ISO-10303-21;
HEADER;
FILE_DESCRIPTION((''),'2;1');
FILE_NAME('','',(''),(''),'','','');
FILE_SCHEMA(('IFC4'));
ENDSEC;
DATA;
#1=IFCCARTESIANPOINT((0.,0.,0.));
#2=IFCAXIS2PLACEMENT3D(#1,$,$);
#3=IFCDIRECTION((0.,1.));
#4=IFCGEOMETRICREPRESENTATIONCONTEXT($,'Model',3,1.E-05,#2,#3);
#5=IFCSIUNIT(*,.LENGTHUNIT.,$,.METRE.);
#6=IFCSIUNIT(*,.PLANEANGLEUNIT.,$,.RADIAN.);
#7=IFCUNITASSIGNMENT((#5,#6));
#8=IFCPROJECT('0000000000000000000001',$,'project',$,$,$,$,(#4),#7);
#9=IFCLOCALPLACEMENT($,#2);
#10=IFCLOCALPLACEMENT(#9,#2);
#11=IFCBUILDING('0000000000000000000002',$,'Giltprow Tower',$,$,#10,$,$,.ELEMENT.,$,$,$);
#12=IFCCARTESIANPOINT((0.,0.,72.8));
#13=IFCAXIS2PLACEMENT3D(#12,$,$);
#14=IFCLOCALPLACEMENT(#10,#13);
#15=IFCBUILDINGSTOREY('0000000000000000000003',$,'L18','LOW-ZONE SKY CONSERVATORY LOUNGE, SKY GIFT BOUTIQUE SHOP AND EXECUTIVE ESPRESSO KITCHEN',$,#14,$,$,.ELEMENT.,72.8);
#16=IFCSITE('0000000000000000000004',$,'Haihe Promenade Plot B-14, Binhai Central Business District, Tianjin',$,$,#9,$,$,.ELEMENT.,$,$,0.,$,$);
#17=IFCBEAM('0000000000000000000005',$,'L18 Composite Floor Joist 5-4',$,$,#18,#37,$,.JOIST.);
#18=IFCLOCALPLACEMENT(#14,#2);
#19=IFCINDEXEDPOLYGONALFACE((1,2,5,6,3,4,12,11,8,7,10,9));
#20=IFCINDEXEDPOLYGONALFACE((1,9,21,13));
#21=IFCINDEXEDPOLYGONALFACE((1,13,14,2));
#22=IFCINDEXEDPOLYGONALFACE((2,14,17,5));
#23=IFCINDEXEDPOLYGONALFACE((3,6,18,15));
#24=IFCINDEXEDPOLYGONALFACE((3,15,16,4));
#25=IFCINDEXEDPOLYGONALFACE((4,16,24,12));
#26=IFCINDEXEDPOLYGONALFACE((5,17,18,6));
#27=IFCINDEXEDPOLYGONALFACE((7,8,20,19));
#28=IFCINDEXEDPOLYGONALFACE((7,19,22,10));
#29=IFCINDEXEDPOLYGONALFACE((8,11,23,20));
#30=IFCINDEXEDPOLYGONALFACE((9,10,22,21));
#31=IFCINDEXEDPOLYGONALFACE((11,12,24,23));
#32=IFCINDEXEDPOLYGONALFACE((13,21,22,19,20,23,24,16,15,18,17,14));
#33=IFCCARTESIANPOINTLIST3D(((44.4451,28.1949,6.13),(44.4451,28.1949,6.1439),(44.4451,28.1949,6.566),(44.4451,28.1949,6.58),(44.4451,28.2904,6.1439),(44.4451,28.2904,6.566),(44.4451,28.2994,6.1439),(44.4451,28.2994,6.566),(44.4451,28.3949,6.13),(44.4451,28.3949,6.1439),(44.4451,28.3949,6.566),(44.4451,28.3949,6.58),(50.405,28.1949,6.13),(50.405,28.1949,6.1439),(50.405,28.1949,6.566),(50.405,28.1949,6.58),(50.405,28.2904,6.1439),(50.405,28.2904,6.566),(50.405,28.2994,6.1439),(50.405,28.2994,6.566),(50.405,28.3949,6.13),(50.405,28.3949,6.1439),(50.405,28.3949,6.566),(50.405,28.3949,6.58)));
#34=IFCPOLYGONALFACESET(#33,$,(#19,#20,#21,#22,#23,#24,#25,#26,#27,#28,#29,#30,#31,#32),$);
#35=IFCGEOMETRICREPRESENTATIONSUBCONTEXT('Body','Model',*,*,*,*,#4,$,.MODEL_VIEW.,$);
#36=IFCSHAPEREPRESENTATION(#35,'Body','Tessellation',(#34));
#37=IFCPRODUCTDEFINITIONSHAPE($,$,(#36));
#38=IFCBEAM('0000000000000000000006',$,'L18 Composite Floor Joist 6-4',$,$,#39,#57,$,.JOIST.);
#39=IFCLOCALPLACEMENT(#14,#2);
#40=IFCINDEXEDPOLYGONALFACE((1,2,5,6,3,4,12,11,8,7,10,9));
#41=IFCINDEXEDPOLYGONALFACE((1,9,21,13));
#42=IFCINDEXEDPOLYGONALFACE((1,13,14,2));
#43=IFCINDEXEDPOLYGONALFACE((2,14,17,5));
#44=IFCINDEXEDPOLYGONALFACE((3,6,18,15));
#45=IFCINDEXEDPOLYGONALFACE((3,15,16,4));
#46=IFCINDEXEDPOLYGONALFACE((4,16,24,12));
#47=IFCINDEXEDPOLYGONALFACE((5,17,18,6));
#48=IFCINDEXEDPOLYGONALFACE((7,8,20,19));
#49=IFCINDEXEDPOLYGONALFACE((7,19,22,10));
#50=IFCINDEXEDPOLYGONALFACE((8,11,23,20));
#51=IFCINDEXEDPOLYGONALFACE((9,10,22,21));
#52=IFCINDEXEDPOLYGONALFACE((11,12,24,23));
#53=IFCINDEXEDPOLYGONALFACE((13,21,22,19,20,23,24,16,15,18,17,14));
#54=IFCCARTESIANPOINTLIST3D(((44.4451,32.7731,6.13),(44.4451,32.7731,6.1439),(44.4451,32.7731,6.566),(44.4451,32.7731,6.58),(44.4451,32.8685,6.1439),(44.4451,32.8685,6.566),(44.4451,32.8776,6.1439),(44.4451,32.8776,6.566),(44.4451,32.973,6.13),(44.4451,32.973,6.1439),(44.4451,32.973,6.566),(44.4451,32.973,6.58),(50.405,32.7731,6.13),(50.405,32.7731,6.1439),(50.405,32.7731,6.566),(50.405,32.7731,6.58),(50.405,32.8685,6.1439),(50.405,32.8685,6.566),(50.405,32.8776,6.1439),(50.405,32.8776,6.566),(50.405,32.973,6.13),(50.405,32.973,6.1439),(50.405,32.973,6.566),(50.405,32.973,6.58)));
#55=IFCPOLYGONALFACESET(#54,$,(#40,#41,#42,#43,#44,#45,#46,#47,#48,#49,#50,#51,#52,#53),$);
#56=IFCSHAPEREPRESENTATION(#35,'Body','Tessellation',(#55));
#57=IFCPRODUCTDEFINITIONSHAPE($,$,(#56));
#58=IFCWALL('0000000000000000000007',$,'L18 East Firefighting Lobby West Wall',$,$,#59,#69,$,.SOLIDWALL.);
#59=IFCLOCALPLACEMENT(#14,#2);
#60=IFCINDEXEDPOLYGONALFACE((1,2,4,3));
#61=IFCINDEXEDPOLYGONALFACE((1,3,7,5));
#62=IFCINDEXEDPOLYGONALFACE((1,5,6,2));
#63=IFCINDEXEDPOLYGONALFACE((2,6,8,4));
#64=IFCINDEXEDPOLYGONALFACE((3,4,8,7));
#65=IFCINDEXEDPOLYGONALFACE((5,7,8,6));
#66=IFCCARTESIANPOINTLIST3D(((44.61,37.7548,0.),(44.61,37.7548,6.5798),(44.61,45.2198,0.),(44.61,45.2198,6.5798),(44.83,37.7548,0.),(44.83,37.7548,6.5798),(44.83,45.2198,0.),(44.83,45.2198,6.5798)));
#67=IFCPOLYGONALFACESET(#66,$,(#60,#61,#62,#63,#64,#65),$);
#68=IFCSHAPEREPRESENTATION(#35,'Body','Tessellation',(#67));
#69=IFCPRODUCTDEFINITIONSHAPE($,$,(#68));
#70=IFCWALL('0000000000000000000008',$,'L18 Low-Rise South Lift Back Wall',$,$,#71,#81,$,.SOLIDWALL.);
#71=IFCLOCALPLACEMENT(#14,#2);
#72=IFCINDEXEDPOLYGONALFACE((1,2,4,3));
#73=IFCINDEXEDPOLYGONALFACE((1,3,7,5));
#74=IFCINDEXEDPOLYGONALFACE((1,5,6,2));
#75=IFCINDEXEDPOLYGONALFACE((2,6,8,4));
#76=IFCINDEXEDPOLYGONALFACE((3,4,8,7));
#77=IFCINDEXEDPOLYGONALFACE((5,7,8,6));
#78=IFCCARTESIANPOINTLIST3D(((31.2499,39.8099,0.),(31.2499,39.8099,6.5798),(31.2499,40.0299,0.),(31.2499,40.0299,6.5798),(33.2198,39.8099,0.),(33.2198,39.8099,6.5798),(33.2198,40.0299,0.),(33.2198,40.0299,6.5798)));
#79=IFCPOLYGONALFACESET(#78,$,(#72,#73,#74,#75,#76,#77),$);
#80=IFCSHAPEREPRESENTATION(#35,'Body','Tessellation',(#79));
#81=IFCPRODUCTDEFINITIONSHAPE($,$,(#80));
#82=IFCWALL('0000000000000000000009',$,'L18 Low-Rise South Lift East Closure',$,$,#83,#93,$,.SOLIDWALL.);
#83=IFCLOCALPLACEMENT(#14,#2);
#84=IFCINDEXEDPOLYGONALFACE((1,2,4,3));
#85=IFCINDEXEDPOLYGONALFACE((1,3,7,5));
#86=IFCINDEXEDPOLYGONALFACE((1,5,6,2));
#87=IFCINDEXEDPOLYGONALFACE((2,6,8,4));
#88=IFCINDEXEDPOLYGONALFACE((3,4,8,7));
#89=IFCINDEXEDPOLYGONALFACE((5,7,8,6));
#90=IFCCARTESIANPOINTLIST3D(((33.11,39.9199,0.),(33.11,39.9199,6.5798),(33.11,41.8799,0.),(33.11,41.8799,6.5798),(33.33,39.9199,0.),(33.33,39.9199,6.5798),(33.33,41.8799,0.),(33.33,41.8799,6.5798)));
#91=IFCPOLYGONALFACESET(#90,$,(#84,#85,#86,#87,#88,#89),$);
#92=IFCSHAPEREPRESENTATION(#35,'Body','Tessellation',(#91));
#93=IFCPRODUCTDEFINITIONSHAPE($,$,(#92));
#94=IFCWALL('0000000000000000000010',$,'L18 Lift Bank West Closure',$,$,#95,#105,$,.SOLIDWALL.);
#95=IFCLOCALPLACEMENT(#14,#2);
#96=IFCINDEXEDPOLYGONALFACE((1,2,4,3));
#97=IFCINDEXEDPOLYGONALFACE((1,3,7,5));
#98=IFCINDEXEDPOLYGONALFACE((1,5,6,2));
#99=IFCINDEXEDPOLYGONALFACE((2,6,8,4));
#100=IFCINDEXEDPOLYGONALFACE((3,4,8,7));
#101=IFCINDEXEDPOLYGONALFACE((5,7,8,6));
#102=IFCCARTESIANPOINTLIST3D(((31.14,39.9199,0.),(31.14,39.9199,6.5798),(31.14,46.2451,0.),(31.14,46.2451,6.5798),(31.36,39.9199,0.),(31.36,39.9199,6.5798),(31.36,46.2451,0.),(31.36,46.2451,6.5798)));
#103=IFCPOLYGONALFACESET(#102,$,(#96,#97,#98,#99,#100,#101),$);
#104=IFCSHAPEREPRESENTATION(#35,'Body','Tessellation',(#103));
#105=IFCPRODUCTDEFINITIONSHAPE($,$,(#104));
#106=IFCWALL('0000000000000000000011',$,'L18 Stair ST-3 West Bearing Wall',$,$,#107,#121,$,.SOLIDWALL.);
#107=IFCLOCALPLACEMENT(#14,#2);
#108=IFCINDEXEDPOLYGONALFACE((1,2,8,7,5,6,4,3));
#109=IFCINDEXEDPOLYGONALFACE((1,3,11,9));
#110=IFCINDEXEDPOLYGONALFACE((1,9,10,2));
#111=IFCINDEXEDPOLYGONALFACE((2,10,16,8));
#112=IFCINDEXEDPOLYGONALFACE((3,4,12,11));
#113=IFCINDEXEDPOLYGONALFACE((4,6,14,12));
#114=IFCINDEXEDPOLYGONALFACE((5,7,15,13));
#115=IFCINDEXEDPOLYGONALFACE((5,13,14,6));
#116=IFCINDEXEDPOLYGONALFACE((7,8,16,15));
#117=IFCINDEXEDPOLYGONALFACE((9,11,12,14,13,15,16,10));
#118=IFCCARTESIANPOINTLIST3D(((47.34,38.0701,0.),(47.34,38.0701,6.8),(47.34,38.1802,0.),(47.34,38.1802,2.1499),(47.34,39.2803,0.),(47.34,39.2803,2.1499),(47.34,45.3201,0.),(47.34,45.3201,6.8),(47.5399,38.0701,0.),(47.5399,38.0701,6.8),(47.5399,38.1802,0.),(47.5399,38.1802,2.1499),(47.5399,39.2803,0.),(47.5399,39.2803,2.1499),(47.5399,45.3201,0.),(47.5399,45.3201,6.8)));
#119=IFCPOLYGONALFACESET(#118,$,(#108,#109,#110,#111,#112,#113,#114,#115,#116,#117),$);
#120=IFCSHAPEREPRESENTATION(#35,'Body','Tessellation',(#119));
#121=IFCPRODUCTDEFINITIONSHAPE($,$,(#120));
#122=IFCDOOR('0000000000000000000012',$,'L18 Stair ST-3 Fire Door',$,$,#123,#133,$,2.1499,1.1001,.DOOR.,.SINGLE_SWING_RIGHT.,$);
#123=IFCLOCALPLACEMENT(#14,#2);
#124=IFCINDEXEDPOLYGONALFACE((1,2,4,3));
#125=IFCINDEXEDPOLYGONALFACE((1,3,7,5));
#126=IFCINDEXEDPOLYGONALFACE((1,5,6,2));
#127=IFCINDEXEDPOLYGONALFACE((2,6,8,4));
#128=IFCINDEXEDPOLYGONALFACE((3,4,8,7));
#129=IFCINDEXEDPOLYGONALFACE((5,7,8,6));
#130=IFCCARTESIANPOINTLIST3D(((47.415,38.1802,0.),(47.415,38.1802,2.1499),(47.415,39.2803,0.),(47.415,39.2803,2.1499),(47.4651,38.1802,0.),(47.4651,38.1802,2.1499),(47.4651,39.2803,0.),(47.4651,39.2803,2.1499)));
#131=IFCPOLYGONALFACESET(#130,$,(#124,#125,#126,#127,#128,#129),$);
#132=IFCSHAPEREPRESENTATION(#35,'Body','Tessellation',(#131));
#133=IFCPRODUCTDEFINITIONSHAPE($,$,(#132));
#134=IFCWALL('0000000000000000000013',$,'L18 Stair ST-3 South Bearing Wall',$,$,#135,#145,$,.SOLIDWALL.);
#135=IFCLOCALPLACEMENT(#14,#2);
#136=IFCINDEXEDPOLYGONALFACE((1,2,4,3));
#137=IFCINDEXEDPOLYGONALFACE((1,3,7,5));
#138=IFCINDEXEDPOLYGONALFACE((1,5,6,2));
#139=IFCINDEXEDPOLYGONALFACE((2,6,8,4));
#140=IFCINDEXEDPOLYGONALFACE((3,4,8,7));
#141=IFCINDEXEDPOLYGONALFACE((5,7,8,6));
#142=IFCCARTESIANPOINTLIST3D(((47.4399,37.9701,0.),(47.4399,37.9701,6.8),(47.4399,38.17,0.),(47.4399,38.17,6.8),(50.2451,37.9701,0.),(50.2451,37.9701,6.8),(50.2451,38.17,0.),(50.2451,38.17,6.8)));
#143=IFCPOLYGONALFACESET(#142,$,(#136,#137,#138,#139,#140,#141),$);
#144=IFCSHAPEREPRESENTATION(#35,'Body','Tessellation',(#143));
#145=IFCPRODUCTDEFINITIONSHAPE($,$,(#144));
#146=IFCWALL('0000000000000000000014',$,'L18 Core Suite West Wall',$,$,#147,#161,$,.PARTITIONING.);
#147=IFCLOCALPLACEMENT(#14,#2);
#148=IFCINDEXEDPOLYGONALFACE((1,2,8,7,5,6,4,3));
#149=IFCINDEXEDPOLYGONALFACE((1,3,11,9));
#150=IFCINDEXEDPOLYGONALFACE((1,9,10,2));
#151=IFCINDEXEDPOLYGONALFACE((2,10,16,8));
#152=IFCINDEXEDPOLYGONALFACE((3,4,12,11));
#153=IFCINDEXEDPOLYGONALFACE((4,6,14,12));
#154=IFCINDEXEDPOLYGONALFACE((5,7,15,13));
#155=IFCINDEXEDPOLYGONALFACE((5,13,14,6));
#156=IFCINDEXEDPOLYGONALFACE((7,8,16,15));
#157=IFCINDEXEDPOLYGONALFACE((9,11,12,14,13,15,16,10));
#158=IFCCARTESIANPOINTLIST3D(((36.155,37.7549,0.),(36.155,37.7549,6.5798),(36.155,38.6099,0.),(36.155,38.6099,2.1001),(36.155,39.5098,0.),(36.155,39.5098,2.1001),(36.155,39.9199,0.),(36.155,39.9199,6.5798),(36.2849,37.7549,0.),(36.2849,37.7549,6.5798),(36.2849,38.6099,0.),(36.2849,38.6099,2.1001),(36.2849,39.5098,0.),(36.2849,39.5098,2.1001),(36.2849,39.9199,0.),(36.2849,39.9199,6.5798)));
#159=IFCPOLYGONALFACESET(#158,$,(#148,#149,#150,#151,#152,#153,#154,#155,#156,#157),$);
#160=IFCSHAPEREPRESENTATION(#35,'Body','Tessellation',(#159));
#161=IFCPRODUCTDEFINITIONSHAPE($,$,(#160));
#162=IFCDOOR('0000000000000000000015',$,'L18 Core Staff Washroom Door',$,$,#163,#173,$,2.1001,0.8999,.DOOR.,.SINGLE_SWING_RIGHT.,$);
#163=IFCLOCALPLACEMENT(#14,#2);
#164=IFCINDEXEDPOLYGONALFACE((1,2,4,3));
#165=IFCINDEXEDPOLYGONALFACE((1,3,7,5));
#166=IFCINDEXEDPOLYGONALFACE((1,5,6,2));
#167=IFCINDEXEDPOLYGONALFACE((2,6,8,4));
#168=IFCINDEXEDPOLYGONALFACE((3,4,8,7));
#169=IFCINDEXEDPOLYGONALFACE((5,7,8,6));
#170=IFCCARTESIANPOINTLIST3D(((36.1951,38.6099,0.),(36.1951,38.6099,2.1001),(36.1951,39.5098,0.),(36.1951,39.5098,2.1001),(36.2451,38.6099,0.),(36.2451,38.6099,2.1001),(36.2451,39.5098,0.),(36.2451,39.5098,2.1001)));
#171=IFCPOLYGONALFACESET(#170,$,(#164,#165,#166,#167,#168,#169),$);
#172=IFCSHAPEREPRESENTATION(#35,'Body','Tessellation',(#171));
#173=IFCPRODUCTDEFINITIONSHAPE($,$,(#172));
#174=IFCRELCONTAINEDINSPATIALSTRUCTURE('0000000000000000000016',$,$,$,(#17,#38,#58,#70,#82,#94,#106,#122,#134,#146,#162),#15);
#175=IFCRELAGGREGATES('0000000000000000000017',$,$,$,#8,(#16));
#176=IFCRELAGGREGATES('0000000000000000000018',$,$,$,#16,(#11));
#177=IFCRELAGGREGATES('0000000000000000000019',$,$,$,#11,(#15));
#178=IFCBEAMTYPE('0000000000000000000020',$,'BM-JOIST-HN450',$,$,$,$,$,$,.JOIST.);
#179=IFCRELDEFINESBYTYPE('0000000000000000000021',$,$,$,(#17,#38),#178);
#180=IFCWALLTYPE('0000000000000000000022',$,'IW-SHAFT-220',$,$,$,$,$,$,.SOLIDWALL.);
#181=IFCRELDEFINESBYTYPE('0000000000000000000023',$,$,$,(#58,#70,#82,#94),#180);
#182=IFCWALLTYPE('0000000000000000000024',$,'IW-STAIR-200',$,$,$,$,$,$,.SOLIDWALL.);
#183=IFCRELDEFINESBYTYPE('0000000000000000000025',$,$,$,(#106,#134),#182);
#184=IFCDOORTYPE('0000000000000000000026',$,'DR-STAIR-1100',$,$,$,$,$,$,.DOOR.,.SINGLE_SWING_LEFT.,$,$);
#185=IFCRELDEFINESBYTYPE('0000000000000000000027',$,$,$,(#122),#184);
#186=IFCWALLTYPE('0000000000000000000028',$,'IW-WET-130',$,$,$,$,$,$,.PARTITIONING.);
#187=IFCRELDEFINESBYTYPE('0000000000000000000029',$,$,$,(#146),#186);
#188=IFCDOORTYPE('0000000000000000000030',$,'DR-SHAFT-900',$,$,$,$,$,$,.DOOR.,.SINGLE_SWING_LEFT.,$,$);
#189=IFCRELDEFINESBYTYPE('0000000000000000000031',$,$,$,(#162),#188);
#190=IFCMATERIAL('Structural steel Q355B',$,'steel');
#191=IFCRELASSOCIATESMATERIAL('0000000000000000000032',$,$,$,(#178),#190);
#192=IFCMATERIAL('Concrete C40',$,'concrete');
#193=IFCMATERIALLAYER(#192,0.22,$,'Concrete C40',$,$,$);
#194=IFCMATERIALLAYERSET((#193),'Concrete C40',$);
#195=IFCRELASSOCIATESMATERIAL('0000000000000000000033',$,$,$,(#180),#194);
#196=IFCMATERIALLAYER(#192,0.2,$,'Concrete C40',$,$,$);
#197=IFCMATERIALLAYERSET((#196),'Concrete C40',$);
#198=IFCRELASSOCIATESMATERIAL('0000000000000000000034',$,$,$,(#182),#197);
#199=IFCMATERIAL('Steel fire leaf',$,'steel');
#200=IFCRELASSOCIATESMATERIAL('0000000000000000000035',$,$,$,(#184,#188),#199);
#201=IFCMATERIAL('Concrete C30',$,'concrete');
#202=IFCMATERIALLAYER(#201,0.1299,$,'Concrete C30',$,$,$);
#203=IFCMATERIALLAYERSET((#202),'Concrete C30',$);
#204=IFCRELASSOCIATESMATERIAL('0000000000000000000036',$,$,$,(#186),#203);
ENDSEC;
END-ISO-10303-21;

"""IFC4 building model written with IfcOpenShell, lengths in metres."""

from ifc_helpers import new_model, si_unit, direction, frame, frame_2d, origin, origin_2d, place, context, subcontext, project, spatial, rectangle, i_section, extrude, source, transform, mapped, material, layer, layer_set, material_profile, profile_set, type_object, element, fill, save


model = new_model("IFC4")

# Units and contexts
model_context = context("Model", 3, precision=1e-05, world=origin(), true_north=direction((0.0, 1.0)))
body_context = subcontext(model_context, "Body", "Model", "MODEL_VIEW")
ifc_project = project(units=[si_unit("LENGTHUNIT", "METRE"), si_unit("PLANEANGLEUNIT", "RADIAN")], contexts=[model_context])

# Site, building, storey
site_placement = place(None, origin())
site = spatial("IfcSite", under=ifc_project, at=site_placement, Name="Haihe Promenade Plot B-14, Binhai Central Business District, Tianjin", CompositionType="ELEMENT", RefElevation=0.0)
building_placement = place(site_placement, origin())
building = spatial("IfcBuilding", under=site, at=building_placement, Name="Giltprow Tower", CompositionType="ELEMENT")
storey_placement = place(building_placement, frame((0.0, 0.0, 72.8)))
storey = spatial("IfcBuildingStorey", under=building, at=storey_placement, Name="L18", Description="LOW-ZONE SKY CONSERVATORY LOUNGE, SKY GIFT BOUTIQUE SHOP AND EXECUTIVE ESPRESSO KITCHEN", CompositionType="ELEMENT", Elevation=72.8)

# Beams
ifc_material_1 = material(Name="Structural steel Q355B", Category="steel")
ifc_material_profile_1 = material_profile(ifc_material_1, i_section(OverallWidth=0.2, OverallDepth=0.45, WebThickness=0.009, FlangeThickness=0.0139, at=origin_2d()), Name="HN 450x200x9x14")
ifc_profile_set_1 = profile_set([ifc_material_profile_1], Name="Structural steel Q355B")
beam_type_1 = type_object("IfcBeamType", Name="BM-JOIST-HN450", PredefinedType="JOIST", material=ifc_profile_set_1)
shared_shape_1 = source(origin(), body_context, "Body", "SweptSolid", [
    extrude(i_section(OverallWidth=0.2, OverallDepth=0.45, WebThickness=0.009, FlangeThickness=0.0139, at=origin_2d()), origin(), (0.0, 0.0, 1.0), 5.96),
])
for number, where, z_axis, x_axis, name in (
    (1, (44.4451, 28.2949, 6.355), (1.0, 0.0, 0.0), (0.0, 1.0, 0.0), "L18 Composite Floor Joist 5-4"),
    (2, (44.4451, 32.873, 6.355), (1.0, 0.0, 0.0), (0.0, 1.0, 0.0), "L18 Composite Floor Joist 6-4"),
):
    element("IfcBeam", number, at=place(storey_placement, frame(where, z_axis=z_axis, x_axis=x_axis)), inside=storey, type_object=beam_type_1, Name=name, PredefinedType="JOIST", context=body_context, shape_type="MappedRepresentation", body=[
        mapped(shared_shape_1, transform((0.0, 0.0, 0.0), x_axis=(1.0, 0.0, 0.0), y_axis=(0.0, 1.0, 0.0), z_axis=(0.0, 0.0, 1.0), scale=1.0)),
    ])

# Walls
ifc_material_2 = material(Name="Concrete C40", Category="concrete")
ifc_layer_1 = layer(ifc_material_2, 0.22, Name="Concrete C40")
ifc_layer_set_1 = layer_set([ifc_layer_1], Name="Concrete C40")
wall_type_1 = type_object("IfcWallType", Name="IW-SHAFT-220", PredefinedType="SOLIDWALL", material=ifc_layer_set_1)
wall_1_placement = place(storey_placement, frame((44.72, 37.7549, 0.0), z_axis=(0.0, 0.0, 1.0), x_axis=(0.0, 1.0, 0.0)))
element("IfcWall", 3, at=wall_1_placement, inside=storey, type_object=wall_type_1, Name="L18 East Firefighting Lobby West Wall", PredefinedType="SOLIDWALL", context=body_context, shape_type="SweptSolid", body=[
    extrude(rectangle(XDim=7.4651, YDim=0.22, at=frame_2d((3.7324, 0.0))), origin(), (0.0, 0.0, 1.0), 6.5798),
])
wall_2_placement = place(storey_placement, frame((31.25, 39.9199, 0.0), z_axis=(0.0, 0.0, 1.0), x_axis=(1.0, 0.0, 0.0)))
element("IfcWall", 4, at=wall_2_placement, inside=storey, type_object=wall_type_1, Name="L18 Low-Rise South Lift Back Wall", PredefinedType="SOLIDWALL", context=body_context, shape_type="SweptSolid", body=[
    extrude(rectangle(XDim=1.97, YDim=0.22, at=frame_2d((0.9849, 0.0))), origin(), (0.0, 0.0, 1.0), 6.5798),
])
wall_3_placement = place(storey_placement, frame((33.22, 39.9199, 0.0), z_axis=(0.0, 0.0, 1.0), x_axis=(0.0, 1.0, 0.0)))
element("IfcWall", 5, at=wall_3_placement, inside=storey, type_object=wall_type_1, Name="L18 Low-Rise South Lift East Closure", PredefinedType="SOLIDWALL", context=body_context, shape_type="SweptSolid", body=[
    extrude(rectangle(XDim=1.96, YDim=0.22, at=frame_2d((0.98, 0.0))), origin(), (0.0, 0.0, 1.0), 6.5798),
])
wall_4_placement = place(storey_placement, frame((31.25, 39.9199, 0.0), z_axis=(0.0, 0.0, 1.0), x_axis=(0.0, 1.0, 0.0)))
element("IfcWall", 6, at=wall_4_placement, inside=storey, type_object=wall_type_1, Name="L18 Lift Bank West Closure", PredefinedType="SOLIDWALL", context=body_context, shape_type="SweptSolid", body=[
    extrude(rectangle(XDim=6.3252, YDim=0.22, at=frame_2d((3.1626, 0.0))), origin(), (0.0, 0.0, 1.0), 6.5798),
])

# Wall, opening, door
ifc_layer_2 = layer(ifc_material_2, 0.2, Name="Concrete C40")
ifc_layer_set_2 = layer_set([ifc_layer_2], Name="Concrete C40")
wall_type_2 = type_object("IfcWallType", Name="IW-STAIR-200", PredefinedType="SOLIDWALL", material=ifc_layer_set_2)
wall_5_placement = place(storey_placement, frame((47.4399, 38.0701, 0.0), z_axis=(0.0, 0.0, 1.0), x_axis=(0.0, 1.0, 0.0)))
wall_5 = element("IfcWall", 7, at=wall_5_placement, inside=storey, type_object=wall_type_2, Name="L18 Stair ST-3 West Bearing Wall", PredefinedType="SOLIDWALL", context=body_context, shape_type="SweptSolid", body=[
    extrude(rectangle(XDim=7.25, YDim=0.2, at=frame_2d((3.625, 0.0))), origin(), (0.0, 0.0, 1.0), 6.8),
])
opening_1_placement = place(wall_5_placement, frame((0.1101, 0.0, 0.0)))
opening_1 = element("IfcOpeningElement", 8, at=opening_1_placement, cuts=wall_5, PredefinedType="OPENING", context=body_context, shape_type="SweptSolid", body=[
    extrude(rectangle(XDim=1.1001, YDim=2.1499, at=frame_2d((0.55, 1.075))), frame((0.0, 0.1099, 0.0), z_axis=(0.0, -1.0, 0.0), x_axis=(1.0, 0.0, 0.0)), (0.0, 0.0, 1.0), 0.22),
])
ifc_material_3 = material(Name="Steel fire leaf", Category="steel")
door_type_1 = type_object("IfcDoorType", Name="DR-STAIR-1100", OperationType="SINGLE_SWING_LEFT", PredefinedType="DOOR", material=ifc_material_3)
shared_shape_2 = source(origin(), body_context, "Body", "SweptSolid", [
    extrude(rectangle(XDim=1.1001, YDim=2.1499, at=frame_2d((0.55, 1.075))), frame((0.0, 0.0249, 0.0), z_axis=(0.0, -1.0, 0.0), x_axis=(1.0, 0.0, 0.0)), (0.0, 0.0, 1.0), 0.05),
])
door_1_placement = place(opening_1_placement, origin())
door_1 = element("IfcDoor", 9, at=door_1_placement, inside=storey, type_object=door_type_1, Name="L18 Stair ST-3 Fire Door", OperationType="SINGLE_SWING_RIGHT", OverallHeight=2.1499, OverallWidth=1.1001, PredefinedType="DOOR", context=body_context, shape_type="MappedRepresentation", body=[
    mapped(shared_shape_2, transform((0.0, 0.0, 0.0), x_axis=(1.0, 0.0, 0.0), y_axis=(0.0, 1.0, 0.0), z_axis=(0.0, 0.0, 1.0), scale=1.0)),
])
fill(opening_1, door_1)

# Wall
wall_6_placement = place(storey_placement, frame((47.4399, 38.0701, 0.0), z_axis=(0.0, 0.0, 1.0), x_axis=(1.0, 0.0, 0.0)))
element("IfcWall", 10, at=wall_6_placement, inside=storey, type_object=wall_type_2, Name="L18 Stair ST-3 South Bearing Wall", PredefinedType="SOLIDWALL", context=body_context, shape_type="SweptSolid", body=[
    extrude(rectangle(XDim=2.8052, YDim=0.2, at=frame_2d((1.4026, 0.0))), origin(), (0.0, 0.0, 1.0), 6.8),
])

# Wall, opening, door
ifc_material_4 = material(Name="Concrete C30", Category="concrete")
ifc_layer_3 = layer(ifc_material_4, 0.1299, Name="Concrete C30")
ifc_layer_set_3 = layer_set([ifc_layer_3], Name="Concrete C30")
wall_type_3 = type_object("IfcWallType", Name="IW-WET-130", PredefinedType="PARTITIONING", material=ifc_layer_set_3)
wall_7_placement = place(storey_placement, frame((36.22, 37.7549, 0.0), z_axis=(0.0, 0.0, 1.0), x_axis=(0.0, 1.0, 0.0)))
wall_7 = element("IfcWall", 11, at=wall_7_placement, inside=storey, type_object=wall_type_3, Name="L18 Core Suite West Wall", PredefinedType="PARTITIONING", context=body_context, shape_type="SweptSolid", body=[
    extrude(rectangle(XDim=2.165, YDim=0.1299, at=frame_2d((1.0825, 0.0))), origin(), (0.0, 0.0, 1.0), 6.5798),
])
opening_2_placement = place(wall_7_placement, frame((0.855, 0.0, 0.0)))
opening_2 = element("IfcOpeningElement", 12, at=opening_2_placement, cuts=wall_7, PredefinedType="OPENING", context=body_context, shape_type="SweptSolid", body=[
    extrude(rectangle(XDim=0.8999, YDim=2.1001, at=frame_2d((0.45, 1.05))), frame((0.0, 0.075, 0.0), z_axis=(0.0, -1.0, 0.0), x_axis=(1.0, 0.0, 0.0)), (0.0, 0.0, 1.0), 0.1499),
])
door_type_2 = type_object("IfcDoorType", Name="DR-SHAFT-900", OperationType="SINGLE_SWING_LEFT", PredefinedType="DOOR", material=ifc_material_3)
shared_shape_3 = source(origin(), body_context, "Body", "SweptSolid", [
    extrude(rectangle(XDim=0.8999, YDim=2.1001, at=frame_2d((0.45, 1.05))), frame((0.0, 0.0249, 0.0), z_axis=(0.0, -1.0, 0.0), x_axis=(1.0, 0.0, 0.0)), (0.0, 0.0, 1.0), 0.05),
])
door_2_placement = place(opening_2_placement, origin())
door_2 = element("IfcDoor", 13, at=door_2_placement, inside=storey, type_object=door_type_2, Name="L18 Core Staff Washroom Door", OperationType="SINGLE_SWING_RIGHT", OverallHeight=2.1001, OverallWidth=0.8999, PredefinedType="DOOR", context=body_context, shape_type="MappedRepresentation", body=[
    mapped(shared_shape_3, transform((0.0, 0.0, 0.0), x_axis=(1.0, 0.0, 0.0), y_axis=(0.0, 1.0, 0.0), z_axis=(0.0, 0.0, 1.0), scale=1.0)),
])
fill(opening_2, door_2)

save(model, "model.ifc")
